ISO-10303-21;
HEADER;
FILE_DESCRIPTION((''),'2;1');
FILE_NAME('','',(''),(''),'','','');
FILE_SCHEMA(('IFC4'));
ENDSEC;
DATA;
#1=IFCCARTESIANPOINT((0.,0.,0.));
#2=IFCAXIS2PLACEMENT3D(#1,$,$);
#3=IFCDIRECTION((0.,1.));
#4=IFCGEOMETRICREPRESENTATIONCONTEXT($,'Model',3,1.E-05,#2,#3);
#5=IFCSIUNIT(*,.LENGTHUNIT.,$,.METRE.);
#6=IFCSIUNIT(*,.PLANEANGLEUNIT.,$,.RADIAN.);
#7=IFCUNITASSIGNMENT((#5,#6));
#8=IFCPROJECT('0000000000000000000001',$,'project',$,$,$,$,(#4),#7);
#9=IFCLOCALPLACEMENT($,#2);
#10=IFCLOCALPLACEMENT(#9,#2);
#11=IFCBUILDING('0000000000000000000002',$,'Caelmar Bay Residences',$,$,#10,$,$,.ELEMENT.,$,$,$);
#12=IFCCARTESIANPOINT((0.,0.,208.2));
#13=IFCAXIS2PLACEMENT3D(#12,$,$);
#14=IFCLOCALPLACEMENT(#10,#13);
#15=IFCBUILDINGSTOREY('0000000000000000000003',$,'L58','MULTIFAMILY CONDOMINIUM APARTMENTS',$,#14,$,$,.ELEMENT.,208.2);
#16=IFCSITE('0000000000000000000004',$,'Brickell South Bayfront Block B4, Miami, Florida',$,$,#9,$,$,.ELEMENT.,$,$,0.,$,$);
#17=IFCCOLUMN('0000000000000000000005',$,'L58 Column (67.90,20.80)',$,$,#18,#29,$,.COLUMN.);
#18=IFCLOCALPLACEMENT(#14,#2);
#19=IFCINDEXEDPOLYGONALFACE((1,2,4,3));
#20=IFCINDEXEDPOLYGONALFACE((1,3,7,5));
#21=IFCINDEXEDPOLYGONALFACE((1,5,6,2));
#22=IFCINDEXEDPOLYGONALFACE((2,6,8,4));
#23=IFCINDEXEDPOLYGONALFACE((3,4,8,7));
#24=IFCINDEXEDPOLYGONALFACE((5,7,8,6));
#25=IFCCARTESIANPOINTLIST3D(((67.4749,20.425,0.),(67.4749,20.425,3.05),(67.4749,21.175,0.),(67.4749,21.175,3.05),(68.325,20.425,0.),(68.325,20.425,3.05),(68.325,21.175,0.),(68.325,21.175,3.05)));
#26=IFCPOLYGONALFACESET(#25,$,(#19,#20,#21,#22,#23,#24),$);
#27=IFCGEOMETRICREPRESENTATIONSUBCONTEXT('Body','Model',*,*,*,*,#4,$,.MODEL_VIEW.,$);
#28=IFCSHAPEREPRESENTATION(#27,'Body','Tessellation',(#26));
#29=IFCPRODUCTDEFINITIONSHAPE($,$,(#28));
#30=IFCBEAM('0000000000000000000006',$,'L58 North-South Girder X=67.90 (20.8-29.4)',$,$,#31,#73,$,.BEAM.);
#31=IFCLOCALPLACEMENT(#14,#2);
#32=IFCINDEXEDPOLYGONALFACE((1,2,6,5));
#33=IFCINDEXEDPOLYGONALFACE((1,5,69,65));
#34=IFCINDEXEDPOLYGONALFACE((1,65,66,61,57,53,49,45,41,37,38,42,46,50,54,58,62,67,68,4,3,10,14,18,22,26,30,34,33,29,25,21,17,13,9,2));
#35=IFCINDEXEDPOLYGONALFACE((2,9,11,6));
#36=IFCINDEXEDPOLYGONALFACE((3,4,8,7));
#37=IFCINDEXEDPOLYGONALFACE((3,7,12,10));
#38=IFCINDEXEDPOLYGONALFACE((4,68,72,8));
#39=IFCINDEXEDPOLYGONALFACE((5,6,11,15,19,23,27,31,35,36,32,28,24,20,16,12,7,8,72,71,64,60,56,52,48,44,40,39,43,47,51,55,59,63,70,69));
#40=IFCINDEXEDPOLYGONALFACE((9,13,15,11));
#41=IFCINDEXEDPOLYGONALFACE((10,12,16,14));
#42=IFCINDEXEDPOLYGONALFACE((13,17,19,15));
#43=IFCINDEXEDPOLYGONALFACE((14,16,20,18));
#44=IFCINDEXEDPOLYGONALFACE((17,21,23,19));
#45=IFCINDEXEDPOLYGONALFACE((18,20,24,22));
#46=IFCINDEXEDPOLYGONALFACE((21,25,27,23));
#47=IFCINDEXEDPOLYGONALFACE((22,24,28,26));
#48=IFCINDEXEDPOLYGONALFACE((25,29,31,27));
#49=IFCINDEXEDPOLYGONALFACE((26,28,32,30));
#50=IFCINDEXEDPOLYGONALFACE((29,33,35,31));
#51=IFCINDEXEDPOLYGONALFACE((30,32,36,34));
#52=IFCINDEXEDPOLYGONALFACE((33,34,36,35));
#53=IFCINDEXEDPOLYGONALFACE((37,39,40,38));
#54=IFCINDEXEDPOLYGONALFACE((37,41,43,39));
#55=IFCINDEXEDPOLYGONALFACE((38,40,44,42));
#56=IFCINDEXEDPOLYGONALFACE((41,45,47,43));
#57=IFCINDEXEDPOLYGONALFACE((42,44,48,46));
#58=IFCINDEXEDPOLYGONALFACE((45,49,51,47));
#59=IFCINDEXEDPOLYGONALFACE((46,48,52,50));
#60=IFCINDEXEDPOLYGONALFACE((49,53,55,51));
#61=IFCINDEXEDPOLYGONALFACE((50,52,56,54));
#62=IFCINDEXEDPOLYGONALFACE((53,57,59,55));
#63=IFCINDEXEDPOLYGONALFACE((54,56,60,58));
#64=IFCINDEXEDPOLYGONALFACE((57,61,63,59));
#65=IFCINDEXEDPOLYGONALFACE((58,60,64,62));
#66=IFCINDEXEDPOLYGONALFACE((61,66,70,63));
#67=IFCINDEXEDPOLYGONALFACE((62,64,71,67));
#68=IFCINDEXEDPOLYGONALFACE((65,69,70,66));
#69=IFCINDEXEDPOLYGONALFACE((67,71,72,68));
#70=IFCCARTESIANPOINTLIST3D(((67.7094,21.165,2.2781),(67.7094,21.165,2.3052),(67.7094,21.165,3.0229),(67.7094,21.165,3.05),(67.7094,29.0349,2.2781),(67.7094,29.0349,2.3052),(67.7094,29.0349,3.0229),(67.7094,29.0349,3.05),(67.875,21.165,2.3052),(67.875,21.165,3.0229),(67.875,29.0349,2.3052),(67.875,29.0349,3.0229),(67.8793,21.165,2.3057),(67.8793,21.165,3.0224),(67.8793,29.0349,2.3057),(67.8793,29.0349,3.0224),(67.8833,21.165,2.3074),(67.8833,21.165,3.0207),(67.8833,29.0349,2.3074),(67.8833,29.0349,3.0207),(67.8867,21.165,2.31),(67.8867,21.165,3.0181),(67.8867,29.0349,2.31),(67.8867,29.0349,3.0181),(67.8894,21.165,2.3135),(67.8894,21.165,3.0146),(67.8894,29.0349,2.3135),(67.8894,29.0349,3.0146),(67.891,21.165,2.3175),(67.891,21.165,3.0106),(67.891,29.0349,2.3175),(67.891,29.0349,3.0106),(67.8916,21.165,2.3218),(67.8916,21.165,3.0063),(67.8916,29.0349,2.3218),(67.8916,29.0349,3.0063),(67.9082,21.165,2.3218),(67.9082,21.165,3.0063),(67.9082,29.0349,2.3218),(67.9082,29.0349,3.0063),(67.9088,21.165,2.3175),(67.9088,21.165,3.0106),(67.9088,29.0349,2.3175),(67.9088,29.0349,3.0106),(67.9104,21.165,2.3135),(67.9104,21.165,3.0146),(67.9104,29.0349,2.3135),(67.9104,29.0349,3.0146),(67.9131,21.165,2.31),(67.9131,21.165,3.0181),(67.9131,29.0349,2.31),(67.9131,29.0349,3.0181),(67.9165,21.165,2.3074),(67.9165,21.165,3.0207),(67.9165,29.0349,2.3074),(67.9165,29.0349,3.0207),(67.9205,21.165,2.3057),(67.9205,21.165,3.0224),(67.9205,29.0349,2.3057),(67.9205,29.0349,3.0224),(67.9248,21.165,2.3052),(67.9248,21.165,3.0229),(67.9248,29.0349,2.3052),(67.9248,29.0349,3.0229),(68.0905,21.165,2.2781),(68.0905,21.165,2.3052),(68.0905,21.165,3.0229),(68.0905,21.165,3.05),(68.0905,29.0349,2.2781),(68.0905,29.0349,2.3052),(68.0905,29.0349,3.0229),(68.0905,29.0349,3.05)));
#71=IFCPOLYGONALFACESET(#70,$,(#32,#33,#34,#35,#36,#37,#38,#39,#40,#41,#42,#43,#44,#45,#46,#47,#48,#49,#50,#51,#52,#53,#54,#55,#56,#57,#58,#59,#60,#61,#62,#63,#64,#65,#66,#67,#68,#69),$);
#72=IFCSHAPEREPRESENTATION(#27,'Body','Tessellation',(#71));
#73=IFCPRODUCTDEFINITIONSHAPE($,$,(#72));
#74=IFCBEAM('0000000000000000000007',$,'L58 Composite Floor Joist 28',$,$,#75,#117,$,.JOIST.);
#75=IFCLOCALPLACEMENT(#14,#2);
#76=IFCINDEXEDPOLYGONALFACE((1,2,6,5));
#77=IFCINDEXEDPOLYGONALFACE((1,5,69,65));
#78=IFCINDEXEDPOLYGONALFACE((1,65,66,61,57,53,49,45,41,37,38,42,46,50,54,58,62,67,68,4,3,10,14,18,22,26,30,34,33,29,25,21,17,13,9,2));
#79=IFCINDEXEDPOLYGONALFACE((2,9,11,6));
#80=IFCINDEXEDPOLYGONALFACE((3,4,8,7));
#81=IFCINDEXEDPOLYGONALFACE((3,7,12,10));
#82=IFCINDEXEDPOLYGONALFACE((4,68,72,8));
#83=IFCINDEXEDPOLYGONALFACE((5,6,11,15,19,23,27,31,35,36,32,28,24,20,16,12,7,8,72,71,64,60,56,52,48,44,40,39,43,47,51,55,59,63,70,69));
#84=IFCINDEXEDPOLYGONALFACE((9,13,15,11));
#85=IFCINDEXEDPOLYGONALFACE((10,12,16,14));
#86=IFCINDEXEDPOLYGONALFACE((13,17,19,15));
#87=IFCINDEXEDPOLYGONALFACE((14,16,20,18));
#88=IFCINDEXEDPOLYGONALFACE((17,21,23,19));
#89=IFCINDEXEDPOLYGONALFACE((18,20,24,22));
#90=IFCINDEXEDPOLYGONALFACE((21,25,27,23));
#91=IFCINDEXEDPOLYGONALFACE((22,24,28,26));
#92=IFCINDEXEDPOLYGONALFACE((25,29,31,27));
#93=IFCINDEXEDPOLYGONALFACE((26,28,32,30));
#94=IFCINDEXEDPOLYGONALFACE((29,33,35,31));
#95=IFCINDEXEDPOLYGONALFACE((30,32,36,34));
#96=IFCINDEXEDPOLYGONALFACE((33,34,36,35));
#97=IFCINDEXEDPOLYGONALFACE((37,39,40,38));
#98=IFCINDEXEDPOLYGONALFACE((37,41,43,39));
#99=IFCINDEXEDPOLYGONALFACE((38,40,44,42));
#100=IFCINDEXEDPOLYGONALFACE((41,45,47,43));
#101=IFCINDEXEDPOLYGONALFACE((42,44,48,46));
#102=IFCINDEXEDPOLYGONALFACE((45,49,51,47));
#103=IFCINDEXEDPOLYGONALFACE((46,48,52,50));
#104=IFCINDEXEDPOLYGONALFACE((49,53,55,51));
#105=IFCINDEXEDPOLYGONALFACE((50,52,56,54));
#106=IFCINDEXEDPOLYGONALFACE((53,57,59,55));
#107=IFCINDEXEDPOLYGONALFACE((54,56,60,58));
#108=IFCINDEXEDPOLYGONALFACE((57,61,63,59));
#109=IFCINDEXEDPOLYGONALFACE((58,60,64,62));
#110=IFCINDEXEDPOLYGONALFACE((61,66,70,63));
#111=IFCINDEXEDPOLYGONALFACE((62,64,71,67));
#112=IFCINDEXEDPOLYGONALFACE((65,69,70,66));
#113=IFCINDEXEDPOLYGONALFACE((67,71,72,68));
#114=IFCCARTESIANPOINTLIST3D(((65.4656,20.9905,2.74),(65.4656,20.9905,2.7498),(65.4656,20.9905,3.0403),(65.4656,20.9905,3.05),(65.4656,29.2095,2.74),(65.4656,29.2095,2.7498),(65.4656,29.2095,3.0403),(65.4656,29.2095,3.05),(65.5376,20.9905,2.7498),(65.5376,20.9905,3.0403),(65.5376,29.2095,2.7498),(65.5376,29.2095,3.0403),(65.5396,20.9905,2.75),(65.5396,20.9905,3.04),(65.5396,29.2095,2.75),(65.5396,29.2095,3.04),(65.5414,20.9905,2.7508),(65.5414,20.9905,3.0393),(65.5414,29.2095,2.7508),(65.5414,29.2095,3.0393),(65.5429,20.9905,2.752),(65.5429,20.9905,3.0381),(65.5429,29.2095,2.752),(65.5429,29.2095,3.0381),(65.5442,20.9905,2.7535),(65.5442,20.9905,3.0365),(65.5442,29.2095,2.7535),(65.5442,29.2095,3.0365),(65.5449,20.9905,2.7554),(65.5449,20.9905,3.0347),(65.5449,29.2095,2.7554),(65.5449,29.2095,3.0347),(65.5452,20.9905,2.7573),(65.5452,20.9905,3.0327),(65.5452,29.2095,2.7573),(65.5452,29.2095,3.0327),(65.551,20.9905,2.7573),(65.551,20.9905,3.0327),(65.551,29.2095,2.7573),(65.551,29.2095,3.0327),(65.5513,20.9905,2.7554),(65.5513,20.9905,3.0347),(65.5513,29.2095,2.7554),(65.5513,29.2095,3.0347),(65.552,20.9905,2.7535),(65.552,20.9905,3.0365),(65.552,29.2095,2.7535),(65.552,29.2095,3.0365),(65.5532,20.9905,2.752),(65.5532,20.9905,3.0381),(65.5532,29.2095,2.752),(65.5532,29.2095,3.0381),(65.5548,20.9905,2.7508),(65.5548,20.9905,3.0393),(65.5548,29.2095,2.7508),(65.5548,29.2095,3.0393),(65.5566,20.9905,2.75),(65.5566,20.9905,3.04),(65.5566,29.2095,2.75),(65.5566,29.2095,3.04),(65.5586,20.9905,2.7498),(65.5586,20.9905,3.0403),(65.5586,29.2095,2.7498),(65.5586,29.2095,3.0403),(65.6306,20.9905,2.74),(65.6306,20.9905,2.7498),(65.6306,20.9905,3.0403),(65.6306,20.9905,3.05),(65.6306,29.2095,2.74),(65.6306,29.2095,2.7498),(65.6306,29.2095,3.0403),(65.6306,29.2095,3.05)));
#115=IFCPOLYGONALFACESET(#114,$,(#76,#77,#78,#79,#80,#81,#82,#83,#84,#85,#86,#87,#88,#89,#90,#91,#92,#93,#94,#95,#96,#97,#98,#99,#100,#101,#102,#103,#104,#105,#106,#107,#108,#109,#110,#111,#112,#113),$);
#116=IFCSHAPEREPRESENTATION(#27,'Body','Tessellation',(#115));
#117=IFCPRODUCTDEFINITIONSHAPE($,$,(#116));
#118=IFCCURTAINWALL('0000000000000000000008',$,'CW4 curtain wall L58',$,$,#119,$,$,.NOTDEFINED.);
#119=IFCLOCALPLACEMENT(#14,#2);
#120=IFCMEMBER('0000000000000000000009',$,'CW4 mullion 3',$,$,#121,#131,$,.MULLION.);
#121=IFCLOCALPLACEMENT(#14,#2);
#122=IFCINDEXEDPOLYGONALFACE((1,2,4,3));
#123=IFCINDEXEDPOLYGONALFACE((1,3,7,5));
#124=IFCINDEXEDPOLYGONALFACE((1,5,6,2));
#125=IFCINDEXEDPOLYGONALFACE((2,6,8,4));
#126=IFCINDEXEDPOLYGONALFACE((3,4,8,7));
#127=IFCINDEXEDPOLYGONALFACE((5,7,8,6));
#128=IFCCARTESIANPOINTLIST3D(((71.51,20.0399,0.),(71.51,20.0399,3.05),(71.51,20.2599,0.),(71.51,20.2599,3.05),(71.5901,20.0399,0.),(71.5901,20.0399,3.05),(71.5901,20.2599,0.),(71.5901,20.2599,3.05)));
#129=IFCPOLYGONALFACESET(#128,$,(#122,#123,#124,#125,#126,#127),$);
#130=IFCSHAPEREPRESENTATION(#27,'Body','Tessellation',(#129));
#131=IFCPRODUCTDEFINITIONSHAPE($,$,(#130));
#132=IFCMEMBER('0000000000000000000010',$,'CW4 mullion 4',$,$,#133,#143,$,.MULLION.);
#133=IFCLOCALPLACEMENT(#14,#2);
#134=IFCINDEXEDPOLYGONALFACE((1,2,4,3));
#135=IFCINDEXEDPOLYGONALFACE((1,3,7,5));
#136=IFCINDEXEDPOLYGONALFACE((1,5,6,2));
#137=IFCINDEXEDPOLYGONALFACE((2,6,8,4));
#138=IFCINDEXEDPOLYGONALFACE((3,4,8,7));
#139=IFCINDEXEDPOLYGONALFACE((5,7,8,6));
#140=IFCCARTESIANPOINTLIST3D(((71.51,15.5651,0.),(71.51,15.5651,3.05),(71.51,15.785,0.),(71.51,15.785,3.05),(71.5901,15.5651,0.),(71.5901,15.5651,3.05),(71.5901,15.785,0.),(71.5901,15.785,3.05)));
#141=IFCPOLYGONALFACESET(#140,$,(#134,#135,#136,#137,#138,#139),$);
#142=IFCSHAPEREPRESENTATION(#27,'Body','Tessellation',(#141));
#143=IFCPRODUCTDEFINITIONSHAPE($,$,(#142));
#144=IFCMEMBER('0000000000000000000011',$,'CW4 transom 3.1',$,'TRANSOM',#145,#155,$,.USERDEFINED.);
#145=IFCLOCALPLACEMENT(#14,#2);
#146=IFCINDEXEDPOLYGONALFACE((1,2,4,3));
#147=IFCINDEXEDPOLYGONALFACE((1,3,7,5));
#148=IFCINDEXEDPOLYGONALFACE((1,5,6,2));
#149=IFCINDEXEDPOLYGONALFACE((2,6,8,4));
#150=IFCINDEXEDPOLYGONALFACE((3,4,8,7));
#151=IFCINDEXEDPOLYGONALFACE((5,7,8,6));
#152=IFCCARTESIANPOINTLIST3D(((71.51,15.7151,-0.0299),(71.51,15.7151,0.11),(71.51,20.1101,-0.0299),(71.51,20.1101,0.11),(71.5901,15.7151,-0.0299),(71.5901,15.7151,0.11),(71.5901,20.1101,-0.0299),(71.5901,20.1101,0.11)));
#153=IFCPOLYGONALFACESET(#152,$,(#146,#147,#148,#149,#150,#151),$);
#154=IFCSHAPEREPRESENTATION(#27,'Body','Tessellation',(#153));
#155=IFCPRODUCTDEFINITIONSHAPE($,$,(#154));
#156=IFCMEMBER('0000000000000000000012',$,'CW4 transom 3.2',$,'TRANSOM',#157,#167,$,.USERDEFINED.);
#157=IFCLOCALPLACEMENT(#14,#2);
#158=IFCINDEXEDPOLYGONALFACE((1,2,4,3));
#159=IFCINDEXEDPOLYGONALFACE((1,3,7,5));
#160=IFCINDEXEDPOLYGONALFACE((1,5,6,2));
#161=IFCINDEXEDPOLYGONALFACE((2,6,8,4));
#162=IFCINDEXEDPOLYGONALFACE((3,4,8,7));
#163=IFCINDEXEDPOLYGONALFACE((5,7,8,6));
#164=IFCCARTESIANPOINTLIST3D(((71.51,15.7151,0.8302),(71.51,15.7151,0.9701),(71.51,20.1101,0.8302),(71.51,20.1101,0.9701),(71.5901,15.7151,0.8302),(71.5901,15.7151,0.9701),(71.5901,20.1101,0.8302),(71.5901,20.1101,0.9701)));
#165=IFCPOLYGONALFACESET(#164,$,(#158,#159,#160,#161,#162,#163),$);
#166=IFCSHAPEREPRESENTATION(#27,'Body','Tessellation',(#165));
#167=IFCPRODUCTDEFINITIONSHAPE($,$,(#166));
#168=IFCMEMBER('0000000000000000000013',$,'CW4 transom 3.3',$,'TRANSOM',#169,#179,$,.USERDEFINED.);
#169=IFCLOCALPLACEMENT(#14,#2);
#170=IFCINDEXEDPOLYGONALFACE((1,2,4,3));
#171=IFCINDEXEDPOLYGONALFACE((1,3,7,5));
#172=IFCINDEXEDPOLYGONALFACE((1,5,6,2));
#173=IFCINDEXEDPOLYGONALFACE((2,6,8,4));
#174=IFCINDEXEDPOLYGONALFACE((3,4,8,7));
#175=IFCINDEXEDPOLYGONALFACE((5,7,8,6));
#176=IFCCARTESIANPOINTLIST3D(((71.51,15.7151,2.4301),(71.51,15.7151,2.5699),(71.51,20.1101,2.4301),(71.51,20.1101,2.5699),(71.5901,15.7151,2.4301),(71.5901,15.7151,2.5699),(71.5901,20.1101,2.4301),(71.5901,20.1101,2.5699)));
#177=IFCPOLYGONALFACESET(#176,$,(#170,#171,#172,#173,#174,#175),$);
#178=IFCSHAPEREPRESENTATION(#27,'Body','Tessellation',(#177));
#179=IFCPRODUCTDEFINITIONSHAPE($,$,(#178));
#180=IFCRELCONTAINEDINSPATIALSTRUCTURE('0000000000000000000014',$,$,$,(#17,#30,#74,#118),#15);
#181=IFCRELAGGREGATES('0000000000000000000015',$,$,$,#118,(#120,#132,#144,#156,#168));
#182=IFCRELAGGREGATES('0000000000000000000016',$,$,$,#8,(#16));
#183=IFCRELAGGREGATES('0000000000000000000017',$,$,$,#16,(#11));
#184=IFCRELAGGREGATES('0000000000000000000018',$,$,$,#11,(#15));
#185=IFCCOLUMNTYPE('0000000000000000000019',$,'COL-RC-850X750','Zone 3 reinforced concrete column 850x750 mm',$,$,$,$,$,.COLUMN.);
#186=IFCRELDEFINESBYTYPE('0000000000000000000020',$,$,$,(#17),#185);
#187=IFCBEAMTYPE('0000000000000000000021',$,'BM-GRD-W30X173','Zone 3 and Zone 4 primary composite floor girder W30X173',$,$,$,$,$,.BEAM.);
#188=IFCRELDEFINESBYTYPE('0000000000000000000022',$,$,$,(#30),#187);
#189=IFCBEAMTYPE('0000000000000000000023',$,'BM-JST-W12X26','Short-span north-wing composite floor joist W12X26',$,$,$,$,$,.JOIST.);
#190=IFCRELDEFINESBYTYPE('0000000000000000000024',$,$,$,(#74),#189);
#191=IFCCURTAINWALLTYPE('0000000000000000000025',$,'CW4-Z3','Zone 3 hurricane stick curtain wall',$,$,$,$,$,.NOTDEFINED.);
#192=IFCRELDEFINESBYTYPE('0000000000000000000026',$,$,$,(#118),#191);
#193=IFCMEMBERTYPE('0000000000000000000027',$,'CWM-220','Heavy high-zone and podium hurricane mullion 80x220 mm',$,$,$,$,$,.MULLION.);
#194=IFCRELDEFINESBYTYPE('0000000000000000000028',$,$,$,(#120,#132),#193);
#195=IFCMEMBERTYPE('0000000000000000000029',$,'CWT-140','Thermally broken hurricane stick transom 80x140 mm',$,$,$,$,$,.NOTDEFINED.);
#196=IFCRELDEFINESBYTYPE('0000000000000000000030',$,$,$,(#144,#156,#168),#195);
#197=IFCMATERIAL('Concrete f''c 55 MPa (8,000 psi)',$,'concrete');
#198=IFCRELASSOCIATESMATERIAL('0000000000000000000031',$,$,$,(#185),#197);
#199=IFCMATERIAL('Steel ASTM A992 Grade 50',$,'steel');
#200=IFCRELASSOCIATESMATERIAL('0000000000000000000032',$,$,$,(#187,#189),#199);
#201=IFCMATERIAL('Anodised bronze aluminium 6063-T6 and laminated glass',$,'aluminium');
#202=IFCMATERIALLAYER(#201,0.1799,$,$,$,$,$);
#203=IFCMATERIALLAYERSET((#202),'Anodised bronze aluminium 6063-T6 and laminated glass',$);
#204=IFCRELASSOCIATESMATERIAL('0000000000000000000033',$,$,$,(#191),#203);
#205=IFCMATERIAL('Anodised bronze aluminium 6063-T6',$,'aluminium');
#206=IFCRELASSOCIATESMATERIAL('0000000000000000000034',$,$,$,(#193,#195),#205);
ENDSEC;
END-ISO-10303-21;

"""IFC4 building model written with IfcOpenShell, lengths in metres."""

from ifc_helpers import new_model, si_unit, direction, frame, origin, origin_2d, place, context, subcontext, project, spatial, rectangle, i_section, extrude, material, layer, layer_set, material_profile, profile_set, type_object, element, aggregate, save


model = new_model("IFC4")

# Units and contexts
model_context = context("Model", 3, precision=1e-05, world=origin(), true_north=direction((0.0, 1.0)))
body_context = subcontext(model_context, "Body", "Model", "MODEL_VIEW")
ifc_project = project(units=[si_unit("LENGTHUNIT", "METRE"), si_unit("PLANEANGLEUNIT", "RADIAN")], contexts=[model_context])

# Site, building, storey
site_placement = place(None, origin())
site = spatial("IfcSite", under=ifc_project, at=site_placement, Name="Brickell South Bayfront Block B4, Miami, Florida", CompositionType="ELEMENT", RefElevation=0.0)
building_placement = place(site_placement, origin())
building = spatial("IfcBuilding", under=site, at=building_placement, Name="Caelmar Bay Residences", CompositionType="ELEMENT")
storey_placement = place(building_placement, frame((0.0, 0.0, 208.2)))
storey = spatial("IfcBuildingStorey", under=building, at=storey_placement, Name="L58", Description="MULTIFAMILY CONDOMINIUM APARTMENTS", CompositionType="ELEMENT", Elevation=208.2)

# Column
ifc_material_1 = material(Name="Concrete f'c 55 MPa (8,000 psi)", Category="concrete")
ifc_material_profile_1 = material_profile(ifc_material_1, rectangle(XDim=0.8501, YDim=0.75, at=origin_2d()), Name="RC-COL-850X750")
ifc_profile_set_1 = profile_set([ifc_material_profile_1], Name="Concrete f'c 55 MPa (8,000 psi)")
column_type = type_object("IfcColumnType", Name="COL-RC-850X750", Description="Zone 3 reinforced concrete column 850x750 mm", PredefinedType="COLUMN", material=ifc_profile_set_1)
column_placement = place(storey_placement, frame((67.8999, 20.8, 0.0), z_axis=(0.0, 0.0, 1.0), x_axis=(1.0, 0.0, 0.0)))
element("IfcColumn", 1, at=column_placement, inside=storey, type_object=column_type, Name="L58 Column (67.90,20.80)", PredefinedType="COLUMN", context=body_context, shape_type="SweptSolid", body=[
    extrude(rectangle(XDim=0.8501, YDim=0.75, at=origin_2d()), origin(), (0.0, 0.0, 1.0), 3.05),
])

# Beams
ifc_material_2 = material(Name="Steel ASTM A992 Grade 50", Category="steel")
ifc_material_profile_2 = material_profile(ifc_material_2, i_section(OverallWidth=0.3811, OverallDepth=0.772, WebThickness=0.0166, FlangeThickness=0.0271, FilletRadius=0.0166, at=origin_2d()), Name="W30X173")
ifc_profile_set_2 = profile_set([ifc_material_profile_2], Name="Steel ASTM A992 Grade 50")
beam_type_1 = type_object("IfcBeamType", Name="BM-GRD-W30X173", Description="Zone 3 and Zone 4 primary composite floor girder W30X173", PredefinedType="BEAM", material=ifc_profile_set_2)
beam_1_placement = place(storey_placement, frame((67.8999, 21.165, 2.6641), z_axis=(0.0, 1.0, 0.0), x_axis=(-1.0, 0.0, 0.0)))
element("IfcBeam", 2, at=beam_1_placement, inside=storey, type_object=beam_type_1, Name="L58 North-South Girder X=67.90 (20.8-29.4)", PredefinedType="BEAM", context=body_context, shape_type="SweptSolid", body=[
    extrude(i_section(OverallWidth=0.3811, OverallDepth=0.772, WebThickness=0.0166, FlangeThickness=0.0271, FilletRadius=0.0166, at=origin_2d()), origin(), (0.0, 0.0, 1.0), 7.8699),
])
ifc_material_profile_3 = material_profile(ifc_material_2, i_section(OverallWidth=0.165, OverallDepth=0.3101, WebThickness=0.0059, FlangeThickness=0.0098, FilletRadius=0.0076, at=origin_2d()), Name="W12X26")
ifc_profile_set_3 = profile_set([ifc_material_profile_3], Name="Steel ASTM A992 Grade 50")
beam_type_2 = type_object("IfcBeamType", Name="BM-JST-W12X26", Description="Short-span north-wing composite floor joist W12X26", PredefinedType="JOIST", material=ifc_profile_set_3)
beam_2_placement = place(storey_placement, frame((65.5481, 20.9905, 2.895), z_axis=(0.0, 1.0, 0.0), x_axis=(-1.0, 0.0, 0.0)))
element("IfcBeam", 3, at=beam_2_placement, inside=storey, type_object=beam_type_2, Name="L58 Composite Floor Joist 28", PredefinedType="JOIST", context=body_context, shape_type="SweptSolid", body=[
    extrude(i_section(OverallWidth=0.165, OverallDepth=0.3101, WebThickness=0.0059, FlangeThickness=0.0098, FilletRadius=0.0076, at=origin_2d()), origin(), (0.0, 0.0, 1.0), 8.219),
])

# Curtain wall, members
ifc_material_3 = material(Name="Anodised bronze aluminium 6063-T6 and laminated glass", Category="aluminium")
ifc_layer_1 = layer(ifc_material_3, 0.1799)
ifc_layer_set_1 = layer_set([ifc_layer_1], Name="Anodised bronze aluminium 6063-T6 and laminated glass")
curtain_wall_type = type_object("IfcCurtainWallType", Name="CW4-Z3", Description="Zone 3 hurricane stick curtain wall", PredefinedType="NOTDEFINED", material=ifc_layer_set_1)
curtain_wall_placement = place(storey_placement, origin())
curtain_wall = element("IfcCurtainWall", 4, at=curtain_wall_placement, inside=storey, type_object=curtain_wall_type, Name="CW4 curtain wall L58", PredefinedType="NOTDEFINED")
ifc_material_4 = material(Name="Anodised bronze aluminium 6063-T6", Category="aluminium")
ifc_material_profile_4 = material_profile(ifc_material_4, rectangle(XDim=0.0801, YDim=0.22, at=origin_2d()), Name="CWM-80X220")
ifc_profile_set_4 = profile_set([ifc_material_profile_4], Name="Anodised bronze aluminium 6063-T6")
member_type_1 = type_object("IfcMemberType", Name="CWM-220", Description="Heavy high-zone and podium hurricane mullion 80x220 mm", PredefinedType="MULLION", material=ifc_profile_set_4)
member_1_placement = place(storey_placement, frame((71.55, 20.1499, 0.0), z_axis=(0.0, 0.0, 1.0), x_axis=(1.0, 0.0, 0.0)))
member_1 = element("IfcMember", 5, at=member_1_placement, type_object=member_type_1, Name="CW4 mullion 3", PredefinedType="MULLION", context=body_context, shape_type="SweptSolid", body=[
    extrude(rectangle(XDim=0.0801, YDim=0.22, at=origin_2d()), origin(), (0.0, 0.0, 1.0), 3.05),
])
member_2_placement = place(storey_placement, frame((71.55, 15.675, 0.0), z_axis=(0.0, 0.0, 1.0), x_axis=(1.0, 0.0, 0.0)))
member_2 = element("IfcMember", 6, at=member_2_placement, type_object=member_type_1, Name="CW4 mullion 4", PredefinedType="MULLION", context=body_context, shape_type="SweptSolid", body=[
    extrude(rectangle(XDim=0.0801, YDim=0.22, at=origin_2d()), origin(), (0.0, 0.0, 1.0), 3.05),
])
ifc_material_profile_5 = material_profile(ifc_material_4, rectangle(XDim=0.0801, YDim=0.1399, at=origin_2d()), Name="CWT-80X140")
ifc_profile_set_5 = profile_set([ifc_material_profile_5], Name="Anodised bronze aluminium 6063-T6")
member_type_2 = type_object("IfcMemberType", Name="CWT-140", Description="Thermally broken hurricane stick transom 80x140 mm", PredefinedType="NOTDEFINED", material=ifc_profile_set_5)
member_3_placement = place(storey_placement, frame((71.55, 20.1101, 0.04), z_axis=(0.0, -1.0, 0.0), x_axis=(1.0, 0.0, 0.0)))
member_3 = element("IfcMember", 7, at=member_3_placement, type_object=member_type_2, Name="CW4 transom 3.1", ObjectType="TRANSOM", PredefinedType="USERDEFINED", context=body_context, shape_type="SweptSolid", body=[
    extrude(rectangle(XDim=0.0801, YDim=0.1399, at=origin_2d()), origin(), (0.0, 0.0, 1.0), 4.395),
])
member_4_placement = place(storey_placement, frame((71.55, 20.1101, 0.9001), z_axis=(0.0, -1.0, 0.0), x_axis=(1.0, 0.0, 0.0)))
member_4 = element("IfcMember", 8, at=member_4_placement, type_object=member_type_2, Name="CW4 transom 3.2", ObjectType="TRANSOM", PredefinedType="USERDEFINED", context=body_context, shape_type="SweptSolid", body=[
    extrude(rectangle(XDim=0.0801, YDim=0.1399, at=origin_2d()), origin(), (0.0, 0.0, 1.0), 4.395),
])
member_5_placement = place(storey_placement, frame((71.55, 20.1101, 2.5), z_axis=(0.0, -1.0, 0.0), x_axis=(1.0, 0.0, 0.0)))
member_5 = element("IfcMember", 9, at=member_5_placement, type_object=member_type_2, Name="CW4 transom 3.3", ObjectType="TRANSOM", PredefinedType="USERDEFINED", context=body_context, shape_type="SweptSolid", body=[
    extrude(rectangle(XDim=0.0801, YDim=0.1399, at=origin_2d()), origin(), (0.0, 0.0, 1.0), 4.395),
])
aggregate(curtain_wall, [member_1, member_2, member_3, member_4, member_5])

save(model, "model.ifc")
